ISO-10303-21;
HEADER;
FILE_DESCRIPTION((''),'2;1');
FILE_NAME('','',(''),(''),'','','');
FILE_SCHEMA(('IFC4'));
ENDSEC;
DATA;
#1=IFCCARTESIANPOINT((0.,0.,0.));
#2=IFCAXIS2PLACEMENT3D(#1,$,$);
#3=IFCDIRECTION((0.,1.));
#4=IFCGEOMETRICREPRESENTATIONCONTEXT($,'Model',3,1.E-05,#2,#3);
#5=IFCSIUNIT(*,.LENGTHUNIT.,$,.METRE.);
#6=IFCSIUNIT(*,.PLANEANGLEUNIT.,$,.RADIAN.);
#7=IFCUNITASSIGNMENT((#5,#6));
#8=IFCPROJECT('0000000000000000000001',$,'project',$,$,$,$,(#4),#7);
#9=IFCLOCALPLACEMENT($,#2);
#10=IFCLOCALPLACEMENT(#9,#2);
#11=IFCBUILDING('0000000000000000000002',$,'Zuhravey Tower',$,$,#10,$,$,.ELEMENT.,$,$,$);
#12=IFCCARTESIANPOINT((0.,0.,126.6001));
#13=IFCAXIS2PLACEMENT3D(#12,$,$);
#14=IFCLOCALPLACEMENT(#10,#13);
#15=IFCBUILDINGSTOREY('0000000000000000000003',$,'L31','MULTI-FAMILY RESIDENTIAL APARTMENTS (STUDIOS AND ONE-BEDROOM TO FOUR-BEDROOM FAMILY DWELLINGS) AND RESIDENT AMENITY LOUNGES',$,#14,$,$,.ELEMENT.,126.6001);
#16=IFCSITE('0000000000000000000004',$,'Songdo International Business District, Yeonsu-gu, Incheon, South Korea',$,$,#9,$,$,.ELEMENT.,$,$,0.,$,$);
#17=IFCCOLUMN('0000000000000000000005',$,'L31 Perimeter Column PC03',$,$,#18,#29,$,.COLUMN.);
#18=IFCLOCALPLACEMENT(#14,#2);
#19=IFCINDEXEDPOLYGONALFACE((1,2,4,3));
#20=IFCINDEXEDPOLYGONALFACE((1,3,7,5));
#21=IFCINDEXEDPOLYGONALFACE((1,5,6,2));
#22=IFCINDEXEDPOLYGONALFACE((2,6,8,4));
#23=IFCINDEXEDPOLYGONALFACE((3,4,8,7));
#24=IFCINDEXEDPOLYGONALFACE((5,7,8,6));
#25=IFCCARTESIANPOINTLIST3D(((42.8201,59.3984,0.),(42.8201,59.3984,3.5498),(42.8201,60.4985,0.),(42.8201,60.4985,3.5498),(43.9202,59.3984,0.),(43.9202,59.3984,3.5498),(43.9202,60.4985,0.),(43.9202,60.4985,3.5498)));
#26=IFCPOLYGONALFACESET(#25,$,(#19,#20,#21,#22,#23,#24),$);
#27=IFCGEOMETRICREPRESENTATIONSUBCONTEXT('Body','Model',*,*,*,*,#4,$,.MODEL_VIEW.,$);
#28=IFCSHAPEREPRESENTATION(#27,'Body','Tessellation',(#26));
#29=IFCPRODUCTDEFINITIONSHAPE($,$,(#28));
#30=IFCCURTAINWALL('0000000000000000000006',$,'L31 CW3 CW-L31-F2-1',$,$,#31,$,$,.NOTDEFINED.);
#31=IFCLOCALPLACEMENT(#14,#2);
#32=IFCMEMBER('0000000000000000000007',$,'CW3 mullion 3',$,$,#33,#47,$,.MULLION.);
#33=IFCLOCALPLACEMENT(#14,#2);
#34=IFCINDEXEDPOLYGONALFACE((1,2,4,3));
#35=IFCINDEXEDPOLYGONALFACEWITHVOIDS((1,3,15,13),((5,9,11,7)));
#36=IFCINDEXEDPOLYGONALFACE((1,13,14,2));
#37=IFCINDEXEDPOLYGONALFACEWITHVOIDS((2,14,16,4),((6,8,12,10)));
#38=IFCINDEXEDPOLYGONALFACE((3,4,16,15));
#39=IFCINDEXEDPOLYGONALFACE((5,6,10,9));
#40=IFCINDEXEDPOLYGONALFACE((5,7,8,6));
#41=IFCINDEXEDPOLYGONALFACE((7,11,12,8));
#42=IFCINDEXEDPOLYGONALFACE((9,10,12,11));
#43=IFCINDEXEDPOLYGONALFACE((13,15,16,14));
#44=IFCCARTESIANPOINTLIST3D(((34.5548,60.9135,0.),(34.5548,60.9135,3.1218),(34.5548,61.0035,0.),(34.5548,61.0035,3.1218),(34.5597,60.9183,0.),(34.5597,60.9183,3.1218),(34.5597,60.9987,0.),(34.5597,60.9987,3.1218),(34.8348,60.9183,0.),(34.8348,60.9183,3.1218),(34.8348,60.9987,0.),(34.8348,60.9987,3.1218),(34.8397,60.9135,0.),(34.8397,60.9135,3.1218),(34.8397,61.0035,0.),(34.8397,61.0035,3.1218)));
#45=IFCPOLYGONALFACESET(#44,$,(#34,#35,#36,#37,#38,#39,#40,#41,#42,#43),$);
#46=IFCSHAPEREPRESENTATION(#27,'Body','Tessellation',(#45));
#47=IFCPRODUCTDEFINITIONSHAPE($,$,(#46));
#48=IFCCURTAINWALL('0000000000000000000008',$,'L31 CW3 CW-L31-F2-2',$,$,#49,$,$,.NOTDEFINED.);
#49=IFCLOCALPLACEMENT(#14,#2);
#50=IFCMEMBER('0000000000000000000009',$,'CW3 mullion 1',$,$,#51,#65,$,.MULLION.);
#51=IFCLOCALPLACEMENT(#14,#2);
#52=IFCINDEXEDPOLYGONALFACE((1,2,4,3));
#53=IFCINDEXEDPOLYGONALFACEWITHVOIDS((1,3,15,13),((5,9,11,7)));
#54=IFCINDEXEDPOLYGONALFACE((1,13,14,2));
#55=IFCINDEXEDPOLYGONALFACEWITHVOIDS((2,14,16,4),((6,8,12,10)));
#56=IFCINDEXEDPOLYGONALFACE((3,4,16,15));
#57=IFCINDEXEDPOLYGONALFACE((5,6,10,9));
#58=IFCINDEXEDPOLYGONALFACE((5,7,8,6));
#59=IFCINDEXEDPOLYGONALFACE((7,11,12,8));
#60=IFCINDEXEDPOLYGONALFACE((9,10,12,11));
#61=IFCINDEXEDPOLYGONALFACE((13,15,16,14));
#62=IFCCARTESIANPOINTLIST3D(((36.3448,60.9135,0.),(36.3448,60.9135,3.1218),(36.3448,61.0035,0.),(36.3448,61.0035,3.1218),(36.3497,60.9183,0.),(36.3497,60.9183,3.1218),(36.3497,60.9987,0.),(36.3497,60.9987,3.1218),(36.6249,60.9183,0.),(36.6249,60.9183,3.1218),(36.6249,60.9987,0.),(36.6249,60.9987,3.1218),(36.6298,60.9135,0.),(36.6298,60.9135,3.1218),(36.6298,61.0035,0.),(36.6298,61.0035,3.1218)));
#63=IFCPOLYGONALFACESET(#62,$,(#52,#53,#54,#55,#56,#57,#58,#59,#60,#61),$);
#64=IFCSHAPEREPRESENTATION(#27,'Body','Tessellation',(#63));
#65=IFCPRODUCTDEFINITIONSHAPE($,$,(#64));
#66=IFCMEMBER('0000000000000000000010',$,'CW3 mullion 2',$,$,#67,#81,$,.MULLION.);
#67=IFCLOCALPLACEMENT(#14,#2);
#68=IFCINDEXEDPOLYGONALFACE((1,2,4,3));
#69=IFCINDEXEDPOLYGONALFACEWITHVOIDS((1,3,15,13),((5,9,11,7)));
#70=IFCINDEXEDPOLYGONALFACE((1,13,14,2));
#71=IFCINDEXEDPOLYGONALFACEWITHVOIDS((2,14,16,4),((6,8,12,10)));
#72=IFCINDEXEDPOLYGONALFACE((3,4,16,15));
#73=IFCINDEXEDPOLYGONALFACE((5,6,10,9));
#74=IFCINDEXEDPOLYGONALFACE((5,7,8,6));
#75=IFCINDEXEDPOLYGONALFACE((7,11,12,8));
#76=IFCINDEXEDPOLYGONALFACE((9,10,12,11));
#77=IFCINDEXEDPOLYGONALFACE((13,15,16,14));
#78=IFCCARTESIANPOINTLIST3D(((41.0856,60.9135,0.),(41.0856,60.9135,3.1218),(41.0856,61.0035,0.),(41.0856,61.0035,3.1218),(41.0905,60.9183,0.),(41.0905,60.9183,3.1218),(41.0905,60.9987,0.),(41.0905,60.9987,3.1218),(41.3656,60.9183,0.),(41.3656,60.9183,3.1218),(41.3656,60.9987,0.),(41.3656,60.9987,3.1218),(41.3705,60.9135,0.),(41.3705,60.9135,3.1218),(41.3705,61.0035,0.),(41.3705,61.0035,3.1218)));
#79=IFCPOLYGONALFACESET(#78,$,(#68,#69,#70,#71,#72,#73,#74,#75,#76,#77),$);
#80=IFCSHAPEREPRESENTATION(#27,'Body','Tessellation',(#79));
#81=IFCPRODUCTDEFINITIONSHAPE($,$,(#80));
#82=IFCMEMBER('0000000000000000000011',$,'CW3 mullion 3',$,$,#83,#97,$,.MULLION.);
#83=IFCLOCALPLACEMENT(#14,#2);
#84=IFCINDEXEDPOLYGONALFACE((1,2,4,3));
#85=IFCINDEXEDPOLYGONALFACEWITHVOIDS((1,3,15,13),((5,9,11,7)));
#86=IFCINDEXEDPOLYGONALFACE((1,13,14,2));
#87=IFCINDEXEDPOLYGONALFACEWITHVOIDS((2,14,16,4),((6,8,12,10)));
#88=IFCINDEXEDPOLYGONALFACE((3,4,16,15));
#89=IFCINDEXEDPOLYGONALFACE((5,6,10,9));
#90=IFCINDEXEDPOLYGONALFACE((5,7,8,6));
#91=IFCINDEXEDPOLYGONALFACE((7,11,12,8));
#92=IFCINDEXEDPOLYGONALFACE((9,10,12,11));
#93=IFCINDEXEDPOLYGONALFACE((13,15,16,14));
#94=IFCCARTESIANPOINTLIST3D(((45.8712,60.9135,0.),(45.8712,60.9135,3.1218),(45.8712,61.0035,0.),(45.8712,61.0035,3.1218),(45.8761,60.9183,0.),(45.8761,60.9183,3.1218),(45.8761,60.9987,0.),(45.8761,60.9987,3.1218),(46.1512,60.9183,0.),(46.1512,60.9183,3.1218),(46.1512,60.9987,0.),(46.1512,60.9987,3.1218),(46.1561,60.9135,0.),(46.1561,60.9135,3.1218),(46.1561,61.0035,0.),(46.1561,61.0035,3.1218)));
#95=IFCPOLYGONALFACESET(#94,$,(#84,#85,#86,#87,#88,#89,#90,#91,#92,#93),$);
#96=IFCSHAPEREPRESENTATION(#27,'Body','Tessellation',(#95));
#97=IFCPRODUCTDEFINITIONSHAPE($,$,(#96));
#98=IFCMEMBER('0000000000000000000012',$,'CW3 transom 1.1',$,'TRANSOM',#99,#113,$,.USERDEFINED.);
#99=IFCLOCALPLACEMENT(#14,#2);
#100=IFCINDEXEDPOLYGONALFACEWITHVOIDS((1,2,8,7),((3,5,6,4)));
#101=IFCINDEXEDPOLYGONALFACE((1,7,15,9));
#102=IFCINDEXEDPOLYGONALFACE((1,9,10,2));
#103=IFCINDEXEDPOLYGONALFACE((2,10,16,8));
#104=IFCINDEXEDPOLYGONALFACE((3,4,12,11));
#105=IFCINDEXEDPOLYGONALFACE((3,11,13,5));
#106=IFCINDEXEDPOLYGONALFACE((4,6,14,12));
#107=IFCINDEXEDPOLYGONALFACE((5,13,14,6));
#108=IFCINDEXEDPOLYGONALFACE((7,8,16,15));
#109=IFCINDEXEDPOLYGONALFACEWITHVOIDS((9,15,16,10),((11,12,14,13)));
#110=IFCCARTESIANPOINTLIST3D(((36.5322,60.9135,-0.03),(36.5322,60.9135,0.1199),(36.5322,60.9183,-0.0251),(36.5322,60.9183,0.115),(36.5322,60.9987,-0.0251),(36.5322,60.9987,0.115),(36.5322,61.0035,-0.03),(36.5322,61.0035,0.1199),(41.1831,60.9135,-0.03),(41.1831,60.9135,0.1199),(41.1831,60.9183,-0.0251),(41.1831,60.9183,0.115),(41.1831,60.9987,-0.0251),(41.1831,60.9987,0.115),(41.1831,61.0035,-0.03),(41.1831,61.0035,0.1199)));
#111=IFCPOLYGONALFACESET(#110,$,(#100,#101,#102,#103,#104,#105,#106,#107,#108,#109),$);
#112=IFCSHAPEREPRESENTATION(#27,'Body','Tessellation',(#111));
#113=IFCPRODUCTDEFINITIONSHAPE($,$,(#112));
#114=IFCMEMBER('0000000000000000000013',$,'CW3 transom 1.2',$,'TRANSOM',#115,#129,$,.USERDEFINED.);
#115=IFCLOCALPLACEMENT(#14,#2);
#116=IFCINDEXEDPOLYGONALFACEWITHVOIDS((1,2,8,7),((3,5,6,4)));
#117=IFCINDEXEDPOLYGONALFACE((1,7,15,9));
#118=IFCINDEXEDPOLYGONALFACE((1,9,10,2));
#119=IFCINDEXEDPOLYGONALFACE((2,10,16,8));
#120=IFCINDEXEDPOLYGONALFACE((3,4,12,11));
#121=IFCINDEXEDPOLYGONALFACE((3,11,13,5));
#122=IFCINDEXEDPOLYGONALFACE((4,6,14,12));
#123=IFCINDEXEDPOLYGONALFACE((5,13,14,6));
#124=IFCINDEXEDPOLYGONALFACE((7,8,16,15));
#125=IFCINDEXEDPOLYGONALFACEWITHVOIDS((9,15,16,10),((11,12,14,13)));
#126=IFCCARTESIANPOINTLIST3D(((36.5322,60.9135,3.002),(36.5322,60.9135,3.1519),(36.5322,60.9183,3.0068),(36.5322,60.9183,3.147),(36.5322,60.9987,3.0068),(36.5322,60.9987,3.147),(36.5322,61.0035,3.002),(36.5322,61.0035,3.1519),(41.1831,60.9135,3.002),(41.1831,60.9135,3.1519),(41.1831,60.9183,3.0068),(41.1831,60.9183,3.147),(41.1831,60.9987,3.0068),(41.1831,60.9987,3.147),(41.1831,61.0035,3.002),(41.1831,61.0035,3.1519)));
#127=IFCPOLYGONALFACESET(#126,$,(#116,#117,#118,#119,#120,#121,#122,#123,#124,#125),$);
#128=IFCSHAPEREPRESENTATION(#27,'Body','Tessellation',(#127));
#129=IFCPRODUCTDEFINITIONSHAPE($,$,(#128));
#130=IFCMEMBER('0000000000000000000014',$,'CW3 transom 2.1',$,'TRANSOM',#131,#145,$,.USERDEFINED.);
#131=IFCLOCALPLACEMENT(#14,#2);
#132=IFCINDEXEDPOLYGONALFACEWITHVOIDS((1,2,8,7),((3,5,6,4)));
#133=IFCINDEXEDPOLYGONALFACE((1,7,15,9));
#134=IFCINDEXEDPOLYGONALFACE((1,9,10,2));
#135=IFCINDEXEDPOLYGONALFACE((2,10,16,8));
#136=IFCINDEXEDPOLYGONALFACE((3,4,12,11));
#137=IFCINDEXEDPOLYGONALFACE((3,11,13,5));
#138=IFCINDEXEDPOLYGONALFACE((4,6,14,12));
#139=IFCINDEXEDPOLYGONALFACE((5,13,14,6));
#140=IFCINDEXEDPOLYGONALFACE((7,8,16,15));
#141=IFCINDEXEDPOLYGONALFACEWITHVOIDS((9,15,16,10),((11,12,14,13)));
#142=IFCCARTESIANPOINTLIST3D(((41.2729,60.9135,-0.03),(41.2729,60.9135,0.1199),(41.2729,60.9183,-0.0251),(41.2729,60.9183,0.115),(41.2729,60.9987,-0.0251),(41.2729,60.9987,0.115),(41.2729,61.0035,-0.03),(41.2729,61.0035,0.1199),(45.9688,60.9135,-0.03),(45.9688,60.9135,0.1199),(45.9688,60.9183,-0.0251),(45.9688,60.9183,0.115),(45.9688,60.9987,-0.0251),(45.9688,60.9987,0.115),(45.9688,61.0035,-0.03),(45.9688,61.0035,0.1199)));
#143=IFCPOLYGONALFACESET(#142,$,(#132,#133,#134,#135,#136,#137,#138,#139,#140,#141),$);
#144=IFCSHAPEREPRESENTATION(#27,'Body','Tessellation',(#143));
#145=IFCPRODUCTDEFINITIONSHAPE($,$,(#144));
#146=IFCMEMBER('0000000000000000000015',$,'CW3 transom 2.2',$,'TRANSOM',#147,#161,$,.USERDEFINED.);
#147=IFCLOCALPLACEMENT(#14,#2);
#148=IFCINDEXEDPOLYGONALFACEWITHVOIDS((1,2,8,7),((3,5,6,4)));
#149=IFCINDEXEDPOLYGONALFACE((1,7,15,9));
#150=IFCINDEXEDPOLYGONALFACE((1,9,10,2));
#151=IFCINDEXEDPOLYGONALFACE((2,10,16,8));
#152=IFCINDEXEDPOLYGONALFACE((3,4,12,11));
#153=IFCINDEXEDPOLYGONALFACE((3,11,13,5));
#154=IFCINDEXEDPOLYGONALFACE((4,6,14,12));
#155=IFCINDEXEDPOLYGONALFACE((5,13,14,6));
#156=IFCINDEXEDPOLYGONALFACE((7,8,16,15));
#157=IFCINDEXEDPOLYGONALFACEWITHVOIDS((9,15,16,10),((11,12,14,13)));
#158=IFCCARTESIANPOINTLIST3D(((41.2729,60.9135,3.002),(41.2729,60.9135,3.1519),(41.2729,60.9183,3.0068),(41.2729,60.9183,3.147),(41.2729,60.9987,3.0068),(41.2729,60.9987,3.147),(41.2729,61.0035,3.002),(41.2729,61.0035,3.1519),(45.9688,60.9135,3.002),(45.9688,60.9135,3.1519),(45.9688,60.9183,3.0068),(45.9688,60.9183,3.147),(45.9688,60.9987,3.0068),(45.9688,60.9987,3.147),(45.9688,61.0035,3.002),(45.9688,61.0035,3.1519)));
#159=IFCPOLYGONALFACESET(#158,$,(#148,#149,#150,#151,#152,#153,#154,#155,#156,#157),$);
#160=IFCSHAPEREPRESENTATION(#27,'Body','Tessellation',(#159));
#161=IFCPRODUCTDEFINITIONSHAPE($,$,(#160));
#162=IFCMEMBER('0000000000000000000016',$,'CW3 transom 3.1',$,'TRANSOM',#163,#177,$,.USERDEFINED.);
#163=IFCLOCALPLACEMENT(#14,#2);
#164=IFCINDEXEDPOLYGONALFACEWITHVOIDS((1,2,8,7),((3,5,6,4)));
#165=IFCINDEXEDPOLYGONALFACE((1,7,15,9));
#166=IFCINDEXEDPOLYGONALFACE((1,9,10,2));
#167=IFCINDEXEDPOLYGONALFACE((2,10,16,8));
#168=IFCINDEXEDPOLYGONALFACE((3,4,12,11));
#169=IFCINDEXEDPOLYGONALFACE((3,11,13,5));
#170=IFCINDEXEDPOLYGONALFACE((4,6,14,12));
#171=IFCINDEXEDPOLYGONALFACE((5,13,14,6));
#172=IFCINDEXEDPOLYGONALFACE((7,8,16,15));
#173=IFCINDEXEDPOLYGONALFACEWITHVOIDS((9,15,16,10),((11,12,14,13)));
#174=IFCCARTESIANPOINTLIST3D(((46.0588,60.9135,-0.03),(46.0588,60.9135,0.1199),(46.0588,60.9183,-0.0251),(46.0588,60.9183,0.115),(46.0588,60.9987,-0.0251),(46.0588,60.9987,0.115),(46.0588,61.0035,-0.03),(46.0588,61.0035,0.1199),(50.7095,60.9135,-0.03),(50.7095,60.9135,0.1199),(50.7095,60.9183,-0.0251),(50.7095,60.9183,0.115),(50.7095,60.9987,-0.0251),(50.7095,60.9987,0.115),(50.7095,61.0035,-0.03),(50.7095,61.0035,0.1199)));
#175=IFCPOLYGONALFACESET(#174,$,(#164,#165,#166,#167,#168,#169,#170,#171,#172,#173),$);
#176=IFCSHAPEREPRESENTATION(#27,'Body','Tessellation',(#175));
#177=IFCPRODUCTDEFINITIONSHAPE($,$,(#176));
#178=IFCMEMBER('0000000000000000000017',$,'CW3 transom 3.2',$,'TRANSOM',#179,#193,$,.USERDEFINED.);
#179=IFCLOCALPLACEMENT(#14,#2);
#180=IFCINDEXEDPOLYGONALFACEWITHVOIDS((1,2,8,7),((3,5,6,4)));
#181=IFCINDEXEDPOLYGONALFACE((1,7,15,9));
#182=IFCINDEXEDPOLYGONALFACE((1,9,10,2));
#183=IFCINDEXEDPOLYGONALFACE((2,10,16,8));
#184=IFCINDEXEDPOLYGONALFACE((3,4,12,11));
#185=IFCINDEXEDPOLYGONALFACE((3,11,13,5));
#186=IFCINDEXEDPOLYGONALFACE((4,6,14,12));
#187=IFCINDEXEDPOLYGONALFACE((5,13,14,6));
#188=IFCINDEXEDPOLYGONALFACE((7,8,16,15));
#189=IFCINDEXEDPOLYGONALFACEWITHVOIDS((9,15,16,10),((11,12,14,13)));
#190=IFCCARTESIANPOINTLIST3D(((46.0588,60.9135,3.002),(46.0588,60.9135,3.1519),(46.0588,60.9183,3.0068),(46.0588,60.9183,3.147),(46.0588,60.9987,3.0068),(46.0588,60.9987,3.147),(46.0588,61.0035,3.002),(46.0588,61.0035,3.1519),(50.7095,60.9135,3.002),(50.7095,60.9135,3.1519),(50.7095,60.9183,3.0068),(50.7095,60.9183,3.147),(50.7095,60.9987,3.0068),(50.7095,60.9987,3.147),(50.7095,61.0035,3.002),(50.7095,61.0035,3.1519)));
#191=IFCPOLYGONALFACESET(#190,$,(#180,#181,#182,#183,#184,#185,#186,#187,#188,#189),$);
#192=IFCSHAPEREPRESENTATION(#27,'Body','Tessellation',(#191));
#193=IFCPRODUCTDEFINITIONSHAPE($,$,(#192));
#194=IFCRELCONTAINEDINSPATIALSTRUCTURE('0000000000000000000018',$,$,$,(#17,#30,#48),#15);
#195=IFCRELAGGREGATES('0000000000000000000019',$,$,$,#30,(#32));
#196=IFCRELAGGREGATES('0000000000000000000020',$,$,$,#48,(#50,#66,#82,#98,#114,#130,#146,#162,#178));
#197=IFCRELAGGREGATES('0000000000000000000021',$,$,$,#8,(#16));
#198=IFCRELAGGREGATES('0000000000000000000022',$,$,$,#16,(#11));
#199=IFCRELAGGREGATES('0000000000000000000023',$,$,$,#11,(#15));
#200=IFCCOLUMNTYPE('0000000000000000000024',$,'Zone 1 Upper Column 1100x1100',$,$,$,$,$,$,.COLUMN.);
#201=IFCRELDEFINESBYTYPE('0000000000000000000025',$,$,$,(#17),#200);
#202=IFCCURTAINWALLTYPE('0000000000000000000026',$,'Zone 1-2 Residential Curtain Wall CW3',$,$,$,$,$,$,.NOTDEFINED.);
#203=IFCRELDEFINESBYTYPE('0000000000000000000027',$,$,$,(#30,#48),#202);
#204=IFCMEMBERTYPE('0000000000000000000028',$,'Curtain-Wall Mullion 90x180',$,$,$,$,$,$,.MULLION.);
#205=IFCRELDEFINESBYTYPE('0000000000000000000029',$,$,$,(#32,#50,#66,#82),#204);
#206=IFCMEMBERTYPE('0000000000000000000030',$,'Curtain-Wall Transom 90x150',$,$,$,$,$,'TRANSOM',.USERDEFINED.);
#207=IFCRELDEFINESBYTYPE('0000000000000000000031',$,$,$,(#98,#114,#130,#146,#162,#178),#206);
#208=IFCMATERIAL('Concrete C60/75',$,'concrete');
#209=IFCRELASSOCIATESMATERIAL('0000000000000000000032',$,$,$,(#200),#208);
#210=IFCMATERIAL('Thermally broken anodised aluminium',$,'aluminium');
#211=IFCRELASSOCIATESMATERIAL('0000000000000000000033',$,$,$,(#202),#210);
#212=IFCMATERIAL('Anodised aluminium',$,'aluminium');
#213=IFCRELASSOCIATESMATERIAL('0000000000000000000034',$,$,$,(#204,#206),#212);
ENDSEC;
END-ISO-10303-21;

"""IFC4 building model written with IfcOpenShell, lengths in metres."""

from ifc_helpers import new_model, si_unit, direction, frame, origin, origin_2d, place, context, subcontext, project, spatial, rectangle, hollow_rectangle, extrude, material, material_profile, profile_set, type_object, element, aggregate, save


model = new_model("IFC4")

# Units and contexts
model_context = context("Model", 3, precision=1e-05, world=origin(), true_north=direction((0.0, 1.0)))
body_context = subcontext(model_context, "Body", "Model", "MODEL_VIEW")
ifc_project = project(units=[si_unit("LENGTHUNIT", "METRE"), si_unit("PLANEANGLEUNIT", "RADIAN")], contexts=[model_context])

# Site, building, storey
site_placement = place(None, origin())
site = spatial("IfcSite", under=ifc_project, at=site_placement, Name="Songdo International Business District, Yeonsu-gu, Incheon, South Korea", CompositionType="ELEMENT", RefElevation=0.0)
building_placement = place(site_placement, origin())
building = spatial("IfcBuilding", under=site, at=building_placement, Name="Zuhravey Tower", CompositionType="ELEMENT")
storey_placement = place(building_placement, frame((0.0, 0.0, 126.6001)))
storey = spatial("IfcBuildingStorey", under=building, at=storey_placement, Name="L31", Description="MULTI-FAMILY RESIDENTIAL APARTMENTS (STUDIOS AND ONE-BEDROOM TO FOUR-BEDROOM FAMILY DWELLINGS) AND RESIDENT AMENITY LOUNGES", CompositionType="ELEMENT", Elevation=126.6001)

# Column
ifc_material_1 = material(Name="Concrete C60/75", Category="concrete")
ifc_material_profile_1 = material_profile(ifc_material_1, rectangle(XDim=1.1001, YDim=1.1001, at=origin_2d()), Name="RC-1100x1100")
ifc_profile_set_1 = profile_set([ifc_material_profile_1], Name="Concrete C60/75")
column_type = type_object("IfcColumnType", Name="Zone 1 Upper Column 1100x1100", PredefinedType="COLUMN", material=ifc_profile_set_1)
column_placement = place(storey_placement, frame((43.3701, 59.9485, 0.0), z_axis=(0.0, 0.0, 1.0), x_axis=(-1.0, 0.0, 0.0)))
element("IfcColumn", 1, at=column_placement, inside=storey, type_object=column_type, Name="L31 Perimeter Column PC03", PredefinedType="COLUMN", context=body_context, shape_type="SweptSolid", body=[
    extrude(rectangle(XDim=1.1001, YDim=1.1001, at=origin_2d()), origin(), (0.0, 0.0, 1.0), 3.5498),
])

# Curtain wall, member
ifc_material_2 = material(Name="Thermally broken anodised aluminium", Category="aluminium")
curtain_wall_type = type_object("IfcCurtainWallType", Name="Zone 1-2 Residential Curtain Wall CW3", PredefinedType="NOTDEFINED", material=ifc_material_2)
curtain_wall_1_placement = place(storey_placement, origin())
curtain_wall_1 = element("IfcCurtainWall", 2, at=curtain_wall_1_placement, inside=storey, type_object=curtain_wall_type, Name="L31 CW3 CW-L31-F2-1", PredefinedType="NOTDEFINED")
ifc_material_3 = material(Name="Anodised aluminium", Category="aluminium")
ifc_material_profile_2 = material_profile(ifc_material_3, hollow_rectangle(XDim=0.0901, YDim=0.2849, WallThickness=0.0049, at=origin_2d()), Name="ALU-RHS-90x285x5")
ifc_profile_set_2 = profile_set([ifc_material_profile_2], Name="Anodised aluminium")
member_type_1 = type_object("IfcMemberType", Name="Curtain-Wall Mullion 90x180", PredefinedType="MULLION", material=ifc_profile_set_2)
member_1_placement = place(storey_placement, frame((34.6973, 60.9585, 0.0), z_axis=(0.0, 0.0, 1.0), x_axis=(0.0, 1.0, 0.0)))
member_1 = element("IfcMember", 3, at=member_1_placement, type_object=member_type_1, Name="CW3 mullion 3", PredefinedType="MULLION", context=body_context, shape_type="SweptSolid", body=[
    extrude(hollow_rectangle(XDim=0.0901, YDim=0.2849, WallThickness=0.0049, at=origin_2d()), origin(), (0.0, 0.0, 1.0), 3.1218),
])
aggregate(curtain_wall_1, [member_1])

# Curtain wall, members
curtain_wall_2_placement = place(storey_placement, origin())
curtain_wall_2 = element("IfcCurtainWall", 4, at=curtain_wall_2_placement, inside=storey, type_object=curtain_wall_type, Name="L31 CW3 CW-L31-F2-2", PredefinedType="NOTDEFINED")
member_2_placement = place(storey_placement, frame((36.4873, 60.9585, 0.0), z_axis=(0.0, 0.0, 1.0), x_axis=(0.0, 1.0, 0.0)))
member_2 = element("IfcMember", 5, at=member_2_placement, type_object=member_type_1, Name="CW3 mullion 1", PredefinedType="MULLION", context=body_context, shape_type="SweptSolid", body=[
    extrude(hollow_rectangle(XDim=0.0901, YDim=0.2849, WallThickness=0.0049, at=origin_2d()), origin(), (0.0, 0.0, 1.0), 3.1218),
])
member_3_placement = place(storey_placement, frame((41.228, 60.9585, 0.0), z_axis=(0.0, 0.0, 1.0), x_axis=(0.0, 1.0, 0.0)))
member_3 = element("IfcMember", 6, at=member_3_placement, type_object=member_type_1, Name="CW3 mullion 2", PredefinedType="MULLION", context=body_context, shape_type="SweptSolid", body=[
    extrude(hollow_rectangle(XDim=0.0901, YDim=0.2849, WallThickness=0.0049, at=origin_2d()), origin(), (0.0, 0.0, 1.0), 3.1218),
])
member_4_placement = place(storey_placement, frame((46.0137, 60.9585, 0.0), z_axis=(0.0, 0.0, 1.0), x_axis=(0.0, 1.0, 0.0)))
member_4 = element("IfcMember", 7, at=member_4_placement, type_object=member_type_1, Name="CW3 mullion 3", PredefinedType="MULLION", context=body_context, shape_type="SweptSolid", body=[
    extrude(hollow_rectangle(XDim=0.0901, YDim=0.2849, WallThickness=0.0049, at=origin_2d()), origin(), (0.0, 0.0, 1.0), 3.1218),
])
ifc_material_profile_3 = material_profile(ifc_material_3, hollow_rectangle(XDim=0.0901, YDim=0.1499, WallThickness=0.0049, at=origin_2d()), Name="ALU-RHS-90x150x5")
ifc_profile_set_3 = profile_set([ifc_material_profile_3], Name="Anodised aluminium")
member_type_2 = type_object("IfcMemberType", Name="Curtain-Wall Transom 90x150", ElementType="TRANSOM", PredefinedType="USERDEFINED", material=ifc_profile_set_3)
member_5_placement = place(storey_placement, frame((36.5322, 60.9585, 0.0449), z_axis=(1.0, 0.0, 0.0), x_axis=(0.0, 1.0, 0.0)))
member_5 = element("IfcMember", 8, at=member_5_placement, type_object=member_type_2, Name="CW3 transom 1.1", ObjectType="TRANSOM", PredefinedType="USERDEFINED", context=body_context, shape_type="SweptSolid", body=[
    extrude(hollow_rectangle(XDim=0.0901, YDim=0.1499, WallThickness=0.0049, at=origin_2d()), origin(), (0.0, 0.0, 1.0), 4.6509),
])
member_6_placement = place(storey_placement, frame((36.5322, 60.9585, 3.0769), z_axis=(1.0, 0.0, 0.0), x_axis=(0.0, 1.0, 0.0)))
member_6 = element("IfcMember", 9, at=member_6_placement, type_object=member_type_2, Name="CW3 transom 1.2", ObjectType="TRANSOM", PredefinedType="USERDEFINED", context=body_context, shape_type="SweptSolid", body=[
    extrude(hollow_rectangle(XDim=0.0901, YDim=0.1499, WallThickness=0.0049, at=origin_2d()), origin(), (0.0, 0.0, 1.0), 4.6509),
])
member_7_placement = place(storey_placement, frame((41.2729, 60.9585, 0.0449), z_axis=(1.0, 0.0, 0.0), x_axis=(0.0, 1.0, 0.0)))
member_7 = element("IfcMember", 10, at=member_7_placement, type_object=member_type_2, Name="CW3 transom 2.1", ObjectType="TRANSOM", PredefinedType="USERDEFINED", context=body_context, shape_type="SweptSolid", body=[
    extrude(hollow_rectangle(XDim=0.0901, YDim=0.1499, WallThickness=0.0049, at=origin_2d()), origin(), (0.0, 0.0, 1.0), 4.6958),
])
member_8_placement = place(storey_placement, frame((41.2729, 60.9585, 3.0769), z_axis=(1.0, 0.0, 0.0), x_axis=(0.0, 1.0, 0.0)))
member_8 = element("IfcMember", 11, at=member_8_placement, type_object=member_type_2, Name="CW3 transom 2.2", ObjectType="TRANSOM", PredefinedType="USERDEFINED", context=body_context, shape_type="SweptSolid", body=[
    extrude(hollow_rectangle(XDim=0.0901, YDim=0.1499, WallThickness=0.0049, at=origin_2d()), origin(), (0.0, 0.0, 1.0), 4.6958),
])
member_9_placement = place(storey_placement, frame((46.0588, 60.9585, 0.0449), z_axis=(1.0, 0.0, 0.0), x_axis=(0.0, 1.0, 0.0)))
member_9 = element("IfcMember", 12, at=member_9_placement, type_object=member_type_2, Name="CW3 transom 3.1", ObjectType="TRANSOM", PredefinedType="USERDEFINED", context=body_context, shape_type="SweptSolid", body=[
    extrude(hollow_rectangle(XDim=0.0901, YDim=0.1499, WallThickness=0.0049, at=origin_2d()), origin(), (0.0, 0.0, 1.0), 4.6506),
])
member_10_placement = place(storey_placement, frame((46.0588, 60.9585, 3.0769), z_axis=(1.0, 0.0, 0.0), x_axis=(0.0, 1.0, 0.0)))
member_10 = element("IfcMember", 13, at=member_10_placement, type_object=member_type_2, Name="CW3 transom 3.2", ObjectType="TRANSOM", PredefinedType="USERDEFINED", context=body_context, shape_type="SweptSolid", body=[
    extrude(hollow_rectangle(XDim=0.0901, YDim=0.1499, WallThickness=0.0049, at=origin_2d()), origin(), (0.0, 0.0, 1.0), 4.6506),
])

aggregate(curtain_wall_2, [member_2, member_3, member_4, member_5, member_6, member_7, member_8, member_9, member_10])

save(model, "model.ifc")
